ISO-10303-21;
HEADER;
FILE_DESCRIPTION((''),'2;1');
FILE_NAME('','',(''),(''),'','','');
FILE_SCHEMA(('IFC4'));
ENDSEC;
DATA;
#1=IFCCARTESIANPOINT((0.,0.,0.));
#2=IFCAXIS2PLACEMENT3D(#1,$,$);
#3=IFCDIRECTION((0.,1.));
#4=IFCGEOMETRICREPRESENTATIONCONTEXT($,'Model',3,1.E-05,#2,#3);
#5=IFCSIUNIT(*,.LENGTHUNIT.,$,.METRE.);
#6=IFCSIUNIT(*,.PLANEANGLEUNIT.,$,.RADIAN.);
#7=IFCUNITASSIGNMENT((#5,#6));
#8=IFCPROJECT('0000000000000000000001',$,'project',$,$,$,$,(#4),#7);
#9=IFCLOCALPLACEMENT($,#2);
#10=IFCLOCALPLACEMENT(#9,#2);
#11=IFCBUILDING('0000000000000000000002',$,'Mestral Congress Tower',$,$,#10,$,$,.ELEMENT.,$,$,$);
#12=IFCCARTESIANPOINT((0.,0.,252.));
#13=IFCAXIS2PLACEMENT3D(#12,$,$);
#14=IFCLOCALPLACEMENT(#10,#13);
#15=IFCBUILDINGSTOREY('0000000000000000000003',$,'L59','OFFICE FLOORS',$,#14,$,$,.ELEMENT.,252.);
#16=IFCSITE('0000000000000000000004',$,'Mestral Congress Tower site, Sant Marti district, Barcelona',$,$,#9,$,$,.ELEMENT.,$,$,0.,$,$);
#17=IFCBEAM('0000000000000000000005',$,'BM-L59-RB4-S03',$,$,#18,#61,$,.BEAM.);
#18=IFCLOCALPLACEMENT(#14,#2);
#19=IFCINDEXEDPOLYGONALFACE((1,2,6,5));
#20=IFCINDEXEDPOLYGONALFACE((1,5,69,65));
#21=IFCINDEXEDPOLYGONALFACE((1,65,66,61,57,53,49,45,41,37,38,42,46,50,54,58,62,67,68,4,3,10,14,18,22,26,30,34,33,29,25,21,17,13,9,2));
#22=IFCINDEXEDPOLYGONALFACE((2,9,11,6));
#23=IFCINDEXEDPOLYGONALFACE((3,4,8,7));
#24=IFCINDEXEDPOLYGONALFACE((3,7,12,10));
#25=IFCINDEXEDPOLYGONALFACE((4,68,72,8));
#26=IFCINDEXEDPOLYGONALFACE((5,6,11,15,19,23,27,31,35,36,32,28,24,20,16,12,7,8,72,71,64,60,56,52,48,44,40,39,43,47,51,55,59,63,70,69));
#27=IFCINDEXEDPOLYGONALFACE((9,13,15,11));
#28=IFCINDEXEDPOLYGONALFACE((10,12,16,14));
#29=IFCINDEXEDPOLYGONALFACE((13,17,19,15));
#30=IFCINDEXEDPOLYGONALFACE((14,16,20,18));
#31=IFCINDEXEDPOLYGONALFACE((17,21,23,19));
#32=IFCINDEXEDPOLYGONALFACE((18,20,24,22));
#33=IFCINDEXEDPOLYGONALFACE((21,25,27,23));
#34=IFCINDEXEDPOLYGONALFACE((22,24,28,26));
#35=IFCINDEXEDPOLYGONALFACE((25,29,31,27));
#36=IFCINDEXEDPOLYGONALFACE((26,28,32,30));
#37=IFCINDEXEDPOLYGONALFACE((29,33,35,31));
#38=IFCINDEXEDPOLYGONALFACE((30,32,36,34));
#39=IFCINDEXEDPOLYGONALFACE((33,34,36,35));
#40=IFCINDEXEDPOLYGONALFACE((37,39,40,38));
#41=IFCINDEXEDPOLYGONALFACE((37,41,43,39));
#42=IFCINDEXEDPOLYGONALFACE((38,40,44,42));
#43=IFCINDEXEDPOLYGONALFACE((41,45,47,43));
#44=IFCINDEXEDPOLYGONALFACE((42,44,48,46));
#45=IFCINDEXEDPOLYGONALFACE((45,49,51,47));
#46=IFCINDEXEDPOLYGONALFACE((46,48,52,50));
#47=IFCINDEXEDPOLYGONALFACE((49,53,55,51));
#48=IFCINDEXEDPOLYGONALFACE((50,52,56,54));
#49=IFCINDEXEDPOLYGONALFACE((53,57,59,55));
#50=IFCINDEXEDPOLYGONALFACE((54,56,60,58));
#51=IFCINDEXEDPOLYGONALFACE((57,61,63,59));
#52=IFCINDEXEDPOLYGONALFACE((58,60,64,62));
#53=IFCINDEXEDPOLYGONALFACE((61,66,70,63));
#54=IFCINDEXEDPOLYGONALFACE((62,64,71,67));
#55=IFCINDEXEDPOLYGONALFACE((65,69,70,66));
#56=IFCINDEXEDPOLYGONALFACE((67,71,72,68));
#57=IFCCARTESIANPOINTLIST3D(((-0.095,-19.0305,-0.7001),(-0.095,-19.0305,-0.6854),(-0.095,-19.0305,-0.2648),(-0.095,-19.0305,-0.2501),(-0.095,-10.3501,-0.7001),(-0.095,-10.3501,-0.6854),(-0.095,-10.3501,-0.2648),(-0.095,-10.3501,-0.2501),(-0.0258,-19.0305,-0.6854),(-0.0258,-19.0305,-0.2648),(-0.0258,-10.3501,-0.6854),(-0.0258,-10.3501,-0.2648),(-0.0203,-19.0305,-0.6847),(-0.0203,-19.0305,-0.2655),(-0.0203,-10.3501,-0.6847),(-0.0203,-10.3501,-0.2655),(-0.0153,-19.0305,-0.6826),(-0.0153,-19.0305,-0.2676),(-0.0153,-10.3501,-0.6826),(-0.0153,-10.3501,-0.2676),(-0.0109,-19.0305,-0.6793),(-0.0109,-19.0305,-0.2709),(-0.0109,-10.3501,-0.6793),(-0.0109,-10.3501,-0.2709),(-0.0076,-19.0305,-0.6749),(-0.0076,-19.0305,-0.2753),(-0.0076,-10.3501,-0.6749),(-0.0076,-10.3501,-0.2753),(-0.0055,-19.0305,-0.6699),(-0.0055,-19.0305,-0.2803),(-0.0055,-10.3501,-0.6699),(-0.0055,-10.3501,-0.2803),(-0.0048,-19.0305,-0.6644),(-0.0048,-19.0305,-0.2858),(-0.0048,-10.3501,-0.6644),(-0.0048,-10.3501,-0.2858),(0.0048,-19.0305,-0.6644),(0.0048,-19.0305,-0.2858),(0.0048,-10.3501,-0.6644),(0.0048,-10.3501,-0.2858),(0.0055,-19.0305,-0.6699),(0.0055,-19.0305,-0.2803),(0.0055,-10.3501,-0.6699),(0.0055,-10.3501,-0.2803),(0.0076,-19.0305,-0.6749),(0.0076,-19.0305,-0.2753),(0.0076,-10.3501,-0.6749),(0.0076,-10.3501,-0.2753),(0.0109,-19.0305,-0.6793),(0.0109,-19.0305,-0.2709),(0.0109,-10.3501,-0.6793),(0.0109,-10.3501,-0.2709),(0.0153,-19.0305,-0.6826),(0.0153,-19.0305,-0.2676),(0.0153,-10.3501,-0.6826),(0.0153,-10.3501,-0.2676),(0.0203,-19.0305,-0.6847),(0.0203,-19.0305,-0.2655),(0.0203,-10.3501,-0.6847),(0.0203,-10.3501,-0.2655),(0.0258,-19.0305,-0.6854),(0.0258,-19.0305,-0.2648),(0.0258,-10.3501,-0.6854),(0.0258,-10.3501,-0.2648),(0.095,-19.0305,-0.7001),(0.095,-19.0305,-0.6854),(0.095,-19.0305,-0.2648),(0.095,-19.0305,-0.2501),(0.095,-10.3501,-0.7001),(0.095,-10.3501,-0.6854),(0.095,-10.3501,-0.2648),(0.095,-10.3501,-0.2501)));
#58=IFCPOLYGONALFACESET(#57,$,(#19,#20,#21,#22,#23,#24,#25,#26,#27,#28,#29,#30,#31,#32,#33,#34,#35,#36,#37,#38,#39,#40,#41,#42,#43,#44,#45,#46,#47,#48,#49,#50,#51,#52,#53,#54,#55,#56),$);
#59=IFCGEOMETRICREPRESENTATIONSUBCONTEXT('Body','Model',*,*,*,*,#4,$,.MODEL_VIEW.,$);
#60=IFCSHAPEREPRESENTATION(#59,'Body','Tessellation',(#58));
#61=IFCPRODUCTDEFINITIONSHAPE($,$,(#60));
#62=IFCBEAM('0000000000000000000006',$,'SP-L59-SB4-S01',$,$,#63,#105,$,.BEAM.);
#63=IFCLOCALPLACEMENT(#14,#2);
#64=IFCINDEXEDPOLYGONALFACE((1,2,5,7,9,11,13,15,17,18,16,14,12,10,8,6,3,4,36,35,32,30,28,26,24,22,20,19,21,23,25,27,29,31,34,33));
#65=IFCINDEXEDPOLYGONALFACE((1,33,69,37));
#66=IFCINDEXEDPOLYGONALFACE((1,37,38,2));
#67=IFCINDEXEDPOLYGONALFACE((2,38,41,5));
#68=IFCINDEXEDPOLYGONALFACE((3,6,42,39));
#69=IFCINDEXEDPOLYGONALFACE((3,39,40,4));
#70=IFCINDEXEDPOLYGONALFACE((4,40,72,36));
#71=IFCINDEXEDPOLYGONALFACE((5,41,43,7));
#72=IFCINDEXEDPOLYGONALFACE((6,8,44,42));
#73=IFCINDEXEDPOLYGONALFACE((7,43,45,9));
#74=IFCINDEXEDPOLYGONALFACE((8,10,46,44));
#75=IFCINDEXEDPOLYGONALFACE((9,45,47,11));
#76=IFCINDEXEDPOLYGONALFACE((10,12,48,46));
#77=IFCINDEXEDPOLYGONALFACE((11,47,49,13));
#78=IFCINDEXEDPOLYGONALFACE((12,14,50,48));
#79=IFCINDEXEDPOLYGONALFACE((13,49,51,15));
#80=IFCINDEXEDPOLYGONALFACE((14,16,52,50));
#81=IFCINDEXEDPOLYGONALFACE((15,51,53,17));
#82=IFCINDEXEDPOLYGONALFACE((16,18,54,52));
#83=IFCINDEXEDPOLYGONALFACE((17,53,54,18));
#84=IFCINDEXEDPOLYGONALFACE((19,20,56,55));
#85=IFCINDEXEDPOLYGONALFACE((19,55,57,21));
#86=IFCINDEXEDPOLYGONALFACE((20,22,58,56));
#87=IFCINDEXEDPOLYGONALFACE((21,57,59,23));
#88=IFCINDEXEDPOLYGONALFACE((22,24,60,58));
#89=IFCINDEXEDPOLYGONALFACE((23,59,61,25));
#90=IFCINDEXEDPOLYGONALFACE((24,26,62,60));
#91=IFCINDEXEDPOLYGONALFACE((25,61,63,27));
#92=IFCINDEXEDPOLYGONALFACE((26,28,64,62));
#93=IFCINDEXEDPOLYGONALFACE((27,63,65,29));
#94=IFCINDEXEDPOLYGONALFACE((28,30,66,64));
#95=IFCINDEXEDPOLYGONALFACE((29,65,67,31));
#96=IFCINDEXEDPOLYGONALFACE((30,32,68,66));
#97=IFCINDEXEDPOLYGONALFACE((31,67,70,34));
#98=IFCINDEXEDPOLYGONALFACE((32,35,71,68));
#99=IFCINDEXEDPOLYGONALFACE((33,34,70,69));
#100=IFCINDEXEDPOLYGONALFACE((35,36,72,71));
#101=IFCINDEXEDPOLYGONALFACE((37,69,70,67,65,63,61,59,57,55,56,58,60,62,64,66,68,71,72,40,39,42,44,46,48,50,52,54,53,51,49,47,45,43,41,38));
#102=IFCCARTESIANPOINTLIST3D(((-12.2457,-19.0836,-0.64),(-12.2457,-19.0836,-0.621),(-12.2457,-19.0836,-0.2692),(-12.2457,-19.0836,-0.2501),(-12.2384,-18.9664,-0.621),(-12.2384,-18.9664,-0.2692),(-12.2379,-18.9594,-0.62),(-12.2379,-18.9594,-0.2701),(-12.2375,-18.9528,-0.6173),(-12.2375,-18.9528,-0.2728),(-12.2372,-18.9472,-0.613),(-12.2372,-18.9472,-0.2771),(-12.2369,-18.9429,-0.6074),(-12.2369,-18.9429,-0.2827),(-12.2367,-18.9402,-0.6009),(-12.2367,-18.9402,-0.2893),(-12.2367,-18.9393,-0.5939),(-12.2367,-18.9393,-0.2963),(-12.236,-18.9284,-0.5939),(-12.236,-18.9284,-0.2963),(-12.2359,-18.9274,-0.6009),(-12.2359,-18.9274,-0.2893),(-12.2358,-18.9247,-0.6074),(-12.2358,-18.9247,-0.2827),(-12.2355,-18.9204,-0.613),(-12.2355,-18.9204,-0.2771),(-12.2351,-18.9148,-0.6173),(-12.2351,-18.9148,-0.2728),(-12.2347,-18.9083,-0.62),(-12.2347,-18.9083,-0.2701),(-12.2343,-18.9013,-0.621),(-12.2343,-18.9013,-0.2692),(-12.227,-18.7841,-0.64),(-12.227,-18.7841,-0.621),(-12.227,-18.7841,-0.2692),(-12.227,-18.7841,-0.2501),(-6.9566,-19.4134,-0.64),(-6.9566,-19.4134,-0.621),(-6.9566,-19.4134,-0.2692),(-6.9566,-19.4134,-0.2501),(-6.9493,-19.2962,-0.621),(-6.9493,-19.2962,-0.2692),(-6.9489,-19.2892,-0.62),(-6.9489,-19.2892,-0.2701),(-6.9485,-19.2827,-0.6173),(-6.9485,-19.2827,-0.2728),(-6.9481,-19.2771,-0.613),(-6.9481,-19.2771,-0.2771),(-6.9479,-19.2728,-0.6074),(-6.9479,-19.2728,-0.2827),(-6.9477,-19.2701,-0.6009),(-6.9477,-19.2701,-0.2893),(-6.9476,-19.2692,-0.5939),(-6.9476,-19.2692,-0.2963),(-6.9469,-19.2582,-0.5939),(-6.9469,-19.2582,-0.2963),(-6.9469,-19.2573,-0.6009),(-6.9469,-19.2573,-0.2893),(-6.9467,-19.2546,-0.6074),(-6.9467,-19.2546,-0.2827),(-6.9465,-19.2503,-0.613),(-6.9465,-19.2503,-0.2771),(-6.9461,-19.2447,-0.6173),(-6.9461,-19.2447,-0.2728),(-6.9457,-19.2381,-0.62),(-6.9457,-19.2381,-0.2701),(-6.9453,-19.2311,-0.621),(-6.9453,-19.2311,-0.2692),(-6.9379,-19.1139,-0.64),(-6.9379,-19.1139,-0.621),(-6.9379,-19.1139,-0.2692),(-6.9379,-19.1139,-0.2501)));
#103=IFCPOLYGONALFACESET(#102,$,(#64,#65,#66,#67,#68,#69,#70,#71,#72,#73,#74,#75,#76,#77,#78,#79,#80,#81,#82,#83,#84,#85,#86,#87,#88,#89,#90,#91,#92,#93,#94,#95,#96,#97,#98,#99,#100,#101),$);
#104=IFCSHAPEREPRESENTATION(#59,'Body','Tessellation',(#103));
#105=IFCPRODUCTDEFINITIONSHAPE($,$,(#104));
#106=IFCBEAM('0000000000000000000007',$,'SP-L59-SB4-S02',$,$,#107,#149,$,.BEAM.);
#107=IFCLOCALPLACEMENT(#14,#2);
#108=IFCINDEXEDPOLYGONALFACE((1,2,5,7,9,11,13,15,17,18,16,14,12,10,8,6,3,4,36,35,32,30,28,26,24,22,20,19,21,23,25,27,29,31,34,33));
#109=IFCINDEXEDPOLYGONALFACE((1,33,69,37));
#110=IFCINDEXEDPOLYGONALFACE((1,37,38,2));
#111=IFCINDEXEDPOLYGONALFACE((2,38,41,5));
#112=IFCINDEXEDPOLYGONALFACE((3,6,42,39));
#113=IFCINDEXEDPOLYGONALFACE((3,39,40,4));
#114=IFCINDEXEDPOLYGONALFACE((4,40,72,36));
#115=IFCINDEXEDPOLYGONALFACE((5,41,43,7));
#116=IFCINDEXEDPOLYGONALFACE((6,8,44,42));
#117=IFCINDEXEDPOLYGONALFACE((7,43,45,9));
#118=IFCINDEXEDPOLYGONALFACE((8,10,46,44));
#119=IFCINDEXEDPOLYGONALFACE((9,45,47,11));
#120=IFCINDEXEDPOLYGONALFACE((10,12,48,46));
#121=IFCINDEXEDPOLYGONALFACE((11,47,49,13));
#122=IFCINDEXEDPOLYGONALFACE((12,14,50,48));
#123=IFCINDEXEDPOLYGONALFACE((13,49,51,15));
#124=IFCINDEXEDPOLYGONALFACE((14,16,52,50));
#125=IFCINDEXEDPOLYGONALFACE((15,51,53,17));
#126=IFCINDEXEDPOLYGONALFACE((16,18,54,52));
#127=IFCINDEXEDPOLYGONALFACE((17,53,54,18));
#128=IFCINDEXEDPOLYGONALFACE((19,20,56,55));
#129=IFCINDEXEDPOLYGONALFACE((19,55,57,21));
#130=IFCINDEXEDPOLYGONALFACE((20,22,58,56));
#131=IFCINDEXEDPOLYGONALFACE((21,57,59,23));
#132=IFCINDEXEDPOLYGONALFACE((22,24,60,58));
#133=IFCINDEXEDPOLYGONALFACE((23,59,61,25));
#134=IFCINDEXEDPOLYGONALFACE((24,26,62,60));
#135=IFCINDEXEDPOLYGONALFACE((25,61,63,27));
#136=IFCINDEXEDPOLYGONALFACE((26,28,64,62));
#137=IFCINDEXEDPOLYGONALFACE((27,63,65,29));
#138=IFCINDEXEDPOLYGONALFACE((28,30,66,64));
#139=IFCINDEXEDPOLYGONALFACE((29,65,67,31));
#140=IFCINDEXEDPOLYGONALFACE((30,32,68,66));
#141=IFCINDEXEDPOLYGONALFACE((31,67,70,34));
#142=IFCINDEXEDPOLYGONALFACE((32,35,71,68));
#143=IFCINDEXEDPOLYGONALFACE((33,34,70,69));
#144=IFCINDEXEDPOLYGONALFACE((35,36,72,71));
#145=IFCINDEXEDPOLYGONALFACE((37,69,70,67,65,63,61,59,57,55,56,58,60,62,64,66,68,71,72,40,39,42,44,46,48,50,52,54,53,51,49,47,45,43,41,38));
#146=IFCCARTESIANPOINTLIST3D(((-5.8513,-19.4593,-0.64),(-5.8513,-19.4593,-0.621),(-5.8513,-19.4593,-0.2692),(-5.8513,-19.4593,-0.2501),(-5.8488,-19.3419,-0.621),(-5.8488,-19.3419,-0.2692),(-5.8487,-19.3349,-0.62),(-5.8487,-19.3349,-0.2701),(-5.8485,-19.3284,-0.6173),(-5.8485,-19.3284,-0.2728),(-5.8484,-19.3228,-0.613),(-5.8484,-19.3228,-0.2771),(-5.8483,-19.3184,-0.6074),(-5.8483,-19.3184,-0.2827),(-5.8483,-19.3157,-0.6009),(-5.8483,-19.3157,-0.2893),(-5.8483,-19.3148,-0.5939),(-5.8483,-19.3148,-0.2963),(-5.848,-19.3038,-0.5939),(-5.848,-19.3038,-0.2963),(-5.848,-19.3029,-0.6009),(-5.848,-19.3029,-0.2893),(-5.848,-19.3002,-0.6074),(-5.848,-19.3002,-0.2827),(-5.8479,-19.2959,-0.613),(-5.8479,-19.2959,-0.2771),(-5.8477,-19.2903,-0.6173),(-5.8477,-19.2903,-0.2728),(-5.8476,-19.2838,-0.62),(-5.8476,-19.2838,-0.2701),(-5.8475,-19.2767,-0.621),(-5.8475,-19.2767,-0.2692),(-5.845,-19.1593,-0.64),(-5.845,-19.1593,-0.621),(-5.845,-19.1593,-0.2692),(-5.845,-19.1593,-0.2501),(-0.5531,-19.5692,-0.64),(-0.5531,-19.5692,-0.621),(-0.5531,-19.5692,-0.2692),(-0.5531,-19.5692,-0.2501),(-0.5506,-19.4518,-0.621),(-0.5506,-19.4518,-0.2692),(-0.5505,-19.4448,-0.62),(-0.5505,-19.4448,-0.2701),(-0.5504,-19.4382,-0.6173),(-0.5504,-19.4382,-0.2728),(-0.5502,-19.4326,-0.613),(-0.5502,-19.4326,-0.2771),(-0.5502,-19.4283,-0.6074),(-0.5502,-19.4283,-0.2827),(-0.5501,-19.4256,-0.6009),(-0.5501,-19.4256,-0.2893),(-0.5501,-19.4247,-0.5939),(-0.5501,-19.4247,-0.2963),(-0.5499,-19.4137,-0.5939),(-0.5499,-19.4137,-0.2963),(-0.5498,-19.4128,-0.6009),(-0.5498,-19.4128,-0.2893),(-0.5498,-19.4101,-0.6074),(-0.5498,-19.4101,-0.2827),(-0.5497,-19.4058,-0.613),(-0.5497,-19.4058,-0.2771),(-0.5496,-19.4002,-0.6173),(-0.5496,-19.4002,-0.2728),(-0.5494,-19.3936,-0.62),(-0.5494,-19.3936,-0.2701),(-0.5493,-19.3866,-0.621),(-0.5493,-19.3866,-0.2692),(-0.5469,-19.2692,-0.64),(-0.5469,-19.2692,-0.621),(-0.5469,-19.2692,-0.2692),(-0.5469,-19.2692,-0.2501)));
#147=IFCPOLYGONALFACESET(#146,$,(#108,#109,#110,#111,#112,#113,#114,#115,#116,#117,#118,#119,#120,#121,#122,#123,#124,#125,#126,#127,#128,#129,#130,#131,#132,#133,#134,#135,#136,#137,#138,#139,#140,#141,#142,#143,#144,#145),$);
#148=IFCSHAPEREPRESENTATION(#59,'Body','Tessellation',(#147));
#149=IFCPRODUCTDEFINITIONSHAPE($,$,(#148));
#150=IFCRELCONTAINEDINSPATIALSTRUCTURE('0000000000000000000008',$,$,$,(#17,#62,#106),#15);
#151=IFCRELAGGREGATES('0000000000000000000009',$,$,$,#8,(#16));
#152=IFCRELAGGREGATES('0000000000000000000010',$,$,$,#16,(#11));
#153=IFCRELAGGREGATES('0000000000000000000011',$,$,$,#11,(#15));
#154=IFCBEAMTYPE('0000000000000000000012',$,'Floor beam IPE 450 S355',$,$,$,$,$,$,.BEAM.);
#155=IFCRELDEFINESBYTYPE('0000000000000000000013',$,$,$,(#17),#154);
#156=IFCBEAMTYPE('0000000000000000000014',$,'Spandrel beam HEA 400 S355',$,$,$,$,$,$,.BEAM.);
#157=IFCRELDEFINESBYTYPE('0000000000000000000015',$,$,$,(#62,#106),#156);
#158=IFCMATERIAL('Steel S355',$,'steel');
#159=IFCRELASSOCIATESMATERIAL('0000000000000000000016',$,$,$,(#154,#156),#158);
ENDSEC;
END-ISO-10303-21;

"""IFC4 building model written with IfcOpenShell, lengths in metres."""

from ifc_helpers import new_model, si_unit, direction, frame, origin, origin_2d, place, context, subcontext, project, spatial, i_section, extrude, material, material_profile, profile_set, type_object, element, save


model = new_model("IFC4")

# Units and contexts
model_context = context("Model", 3, precision=1e-05, world=origin(), true_north=direction((0.0, 1.0)))
body_context = subcontext(model_context, "Body", "Model", "MODEL_VIEW")
ifc_project = project(units=[si_unit("LENGTHUNIT", "METRE"), si_unit("PLANEANGLEUNIT", "RADIAN")], contexts=[model_context])

# Site, building, storey
site_placement = place(None, origin())
site = spatial("IfcSite", under=ifc_project, at=site_placement, Name="Mestral Congress Tower site, Sant Marti district, Barcelona", CompositionType="ELEMENT", RefElevation=0.0)
building_placement = place(site_placement, origin())
building = spatial("IfcBuilding", under=site, at=building_placement, Name="Mestral Congress Tower", CompositionType="ELEMENT")
storey_placement = place(building_placement, frame((0.0, 0.0, 252.0)))
storey = spatial("IfcBuildingStorey", under=building, at=storey_placement, Name="L59", Description="OFFICE FLOORS", CompositionType="ELEMENT", Elevation=252.0)

# Beams
ifc_material_1 = material(Name="Steel S355", Category="steel")
ifc_material_profile_1 = material_profile(ifc_material_1, i_section(OverallWidth=0.1899, OverallDepth=0.45, WebThickness=0.0095, FlangeThickness=0.0146, FilletRadius=0.021, at=origin_2d()), Name="IPE 450")
ifc_profile_set_1 = profile_set([ifc_material_profile_1], Name="Steel S355")
beam_type_1 = type_object("IfcBeamType", Name="Floor beam IPE 450 S355", PredefinedType="BEAM", material=ifc_profile_set_1)
beam_1_placement = place(storey_placement, frame((0.0, -19.0305, -0.4751), z_axis=(0.0, 1.0, 0.0), x_axis=(-1.0, 0.0, 0.0)))
element("IfcBeam", 1, at=beam_1_placement, inside=storey, type_object=beam_type_1, Name="BM-L59-RB4-S03", PredefinedType="BEAM", context=body_context, shape_type="SweptSolid", body=[
    extrude(i_section(OverallWidth=0.1899, OverallDepth=0.45, WebThickness=0.0095, FlangeThickness=0.0146, FilletRadius=0.021, at=origin_2d()), origin(), (0.0, 0.0, 1.0), 8.6804),
])
ifc_material_profile_2 = material_profile(ifc_material_1, i_section(OverallWidth=0.3, OverallDepth=0.3899, WebThickness=0.011, FlangeThickness=0.019, FilletRadius=0.0271, at=origin_2d()), Name="HEA 400")
ifc_profile_set_2 = profile_set([ifc_material_profile_2], Name="Steel S355")
beam_type_2 = type_object("IfcBeamType", Name="Spandrel beam HEA 400 S355", PredefinedType="BEAM", material=ifc_profile_set_2)
for number, where, z_axis, x_axis, name in (
    (2, (-12.2363, -18.9338, -0.4451), (0.998061, -0.062241, 0.0), (0.062241, 0.998061, 0.0), "SP-L59-SB4-S01"),
    (3, (-5.8481, -19.3093, -0.4451), (0.999785, -0.020732, 0.0), (0.020732, 0.999785, 0.0), "SP-L59-SB4-S02"),
):
    element("IfcBeam", number, at=place(storey_placement, frame(where, z_axis=z_axis, x_axis=x_axis)), inside=storey, type_object=beam_type_2, Name=name, PredefinedType="BEAM", context=body_context, shape_type="SweptSolid", body=[
        extrude(i_section(OverallWidth=0.3, OverallDepth=0.3899, WebThickness=0.011, FlangeThickness=0.019, FilletRadius=0.0271, at=origin_2d()), origin(), (0.0, 0.0, 1.0), 5.2993),
    ])

save(model, "model.ifc")
